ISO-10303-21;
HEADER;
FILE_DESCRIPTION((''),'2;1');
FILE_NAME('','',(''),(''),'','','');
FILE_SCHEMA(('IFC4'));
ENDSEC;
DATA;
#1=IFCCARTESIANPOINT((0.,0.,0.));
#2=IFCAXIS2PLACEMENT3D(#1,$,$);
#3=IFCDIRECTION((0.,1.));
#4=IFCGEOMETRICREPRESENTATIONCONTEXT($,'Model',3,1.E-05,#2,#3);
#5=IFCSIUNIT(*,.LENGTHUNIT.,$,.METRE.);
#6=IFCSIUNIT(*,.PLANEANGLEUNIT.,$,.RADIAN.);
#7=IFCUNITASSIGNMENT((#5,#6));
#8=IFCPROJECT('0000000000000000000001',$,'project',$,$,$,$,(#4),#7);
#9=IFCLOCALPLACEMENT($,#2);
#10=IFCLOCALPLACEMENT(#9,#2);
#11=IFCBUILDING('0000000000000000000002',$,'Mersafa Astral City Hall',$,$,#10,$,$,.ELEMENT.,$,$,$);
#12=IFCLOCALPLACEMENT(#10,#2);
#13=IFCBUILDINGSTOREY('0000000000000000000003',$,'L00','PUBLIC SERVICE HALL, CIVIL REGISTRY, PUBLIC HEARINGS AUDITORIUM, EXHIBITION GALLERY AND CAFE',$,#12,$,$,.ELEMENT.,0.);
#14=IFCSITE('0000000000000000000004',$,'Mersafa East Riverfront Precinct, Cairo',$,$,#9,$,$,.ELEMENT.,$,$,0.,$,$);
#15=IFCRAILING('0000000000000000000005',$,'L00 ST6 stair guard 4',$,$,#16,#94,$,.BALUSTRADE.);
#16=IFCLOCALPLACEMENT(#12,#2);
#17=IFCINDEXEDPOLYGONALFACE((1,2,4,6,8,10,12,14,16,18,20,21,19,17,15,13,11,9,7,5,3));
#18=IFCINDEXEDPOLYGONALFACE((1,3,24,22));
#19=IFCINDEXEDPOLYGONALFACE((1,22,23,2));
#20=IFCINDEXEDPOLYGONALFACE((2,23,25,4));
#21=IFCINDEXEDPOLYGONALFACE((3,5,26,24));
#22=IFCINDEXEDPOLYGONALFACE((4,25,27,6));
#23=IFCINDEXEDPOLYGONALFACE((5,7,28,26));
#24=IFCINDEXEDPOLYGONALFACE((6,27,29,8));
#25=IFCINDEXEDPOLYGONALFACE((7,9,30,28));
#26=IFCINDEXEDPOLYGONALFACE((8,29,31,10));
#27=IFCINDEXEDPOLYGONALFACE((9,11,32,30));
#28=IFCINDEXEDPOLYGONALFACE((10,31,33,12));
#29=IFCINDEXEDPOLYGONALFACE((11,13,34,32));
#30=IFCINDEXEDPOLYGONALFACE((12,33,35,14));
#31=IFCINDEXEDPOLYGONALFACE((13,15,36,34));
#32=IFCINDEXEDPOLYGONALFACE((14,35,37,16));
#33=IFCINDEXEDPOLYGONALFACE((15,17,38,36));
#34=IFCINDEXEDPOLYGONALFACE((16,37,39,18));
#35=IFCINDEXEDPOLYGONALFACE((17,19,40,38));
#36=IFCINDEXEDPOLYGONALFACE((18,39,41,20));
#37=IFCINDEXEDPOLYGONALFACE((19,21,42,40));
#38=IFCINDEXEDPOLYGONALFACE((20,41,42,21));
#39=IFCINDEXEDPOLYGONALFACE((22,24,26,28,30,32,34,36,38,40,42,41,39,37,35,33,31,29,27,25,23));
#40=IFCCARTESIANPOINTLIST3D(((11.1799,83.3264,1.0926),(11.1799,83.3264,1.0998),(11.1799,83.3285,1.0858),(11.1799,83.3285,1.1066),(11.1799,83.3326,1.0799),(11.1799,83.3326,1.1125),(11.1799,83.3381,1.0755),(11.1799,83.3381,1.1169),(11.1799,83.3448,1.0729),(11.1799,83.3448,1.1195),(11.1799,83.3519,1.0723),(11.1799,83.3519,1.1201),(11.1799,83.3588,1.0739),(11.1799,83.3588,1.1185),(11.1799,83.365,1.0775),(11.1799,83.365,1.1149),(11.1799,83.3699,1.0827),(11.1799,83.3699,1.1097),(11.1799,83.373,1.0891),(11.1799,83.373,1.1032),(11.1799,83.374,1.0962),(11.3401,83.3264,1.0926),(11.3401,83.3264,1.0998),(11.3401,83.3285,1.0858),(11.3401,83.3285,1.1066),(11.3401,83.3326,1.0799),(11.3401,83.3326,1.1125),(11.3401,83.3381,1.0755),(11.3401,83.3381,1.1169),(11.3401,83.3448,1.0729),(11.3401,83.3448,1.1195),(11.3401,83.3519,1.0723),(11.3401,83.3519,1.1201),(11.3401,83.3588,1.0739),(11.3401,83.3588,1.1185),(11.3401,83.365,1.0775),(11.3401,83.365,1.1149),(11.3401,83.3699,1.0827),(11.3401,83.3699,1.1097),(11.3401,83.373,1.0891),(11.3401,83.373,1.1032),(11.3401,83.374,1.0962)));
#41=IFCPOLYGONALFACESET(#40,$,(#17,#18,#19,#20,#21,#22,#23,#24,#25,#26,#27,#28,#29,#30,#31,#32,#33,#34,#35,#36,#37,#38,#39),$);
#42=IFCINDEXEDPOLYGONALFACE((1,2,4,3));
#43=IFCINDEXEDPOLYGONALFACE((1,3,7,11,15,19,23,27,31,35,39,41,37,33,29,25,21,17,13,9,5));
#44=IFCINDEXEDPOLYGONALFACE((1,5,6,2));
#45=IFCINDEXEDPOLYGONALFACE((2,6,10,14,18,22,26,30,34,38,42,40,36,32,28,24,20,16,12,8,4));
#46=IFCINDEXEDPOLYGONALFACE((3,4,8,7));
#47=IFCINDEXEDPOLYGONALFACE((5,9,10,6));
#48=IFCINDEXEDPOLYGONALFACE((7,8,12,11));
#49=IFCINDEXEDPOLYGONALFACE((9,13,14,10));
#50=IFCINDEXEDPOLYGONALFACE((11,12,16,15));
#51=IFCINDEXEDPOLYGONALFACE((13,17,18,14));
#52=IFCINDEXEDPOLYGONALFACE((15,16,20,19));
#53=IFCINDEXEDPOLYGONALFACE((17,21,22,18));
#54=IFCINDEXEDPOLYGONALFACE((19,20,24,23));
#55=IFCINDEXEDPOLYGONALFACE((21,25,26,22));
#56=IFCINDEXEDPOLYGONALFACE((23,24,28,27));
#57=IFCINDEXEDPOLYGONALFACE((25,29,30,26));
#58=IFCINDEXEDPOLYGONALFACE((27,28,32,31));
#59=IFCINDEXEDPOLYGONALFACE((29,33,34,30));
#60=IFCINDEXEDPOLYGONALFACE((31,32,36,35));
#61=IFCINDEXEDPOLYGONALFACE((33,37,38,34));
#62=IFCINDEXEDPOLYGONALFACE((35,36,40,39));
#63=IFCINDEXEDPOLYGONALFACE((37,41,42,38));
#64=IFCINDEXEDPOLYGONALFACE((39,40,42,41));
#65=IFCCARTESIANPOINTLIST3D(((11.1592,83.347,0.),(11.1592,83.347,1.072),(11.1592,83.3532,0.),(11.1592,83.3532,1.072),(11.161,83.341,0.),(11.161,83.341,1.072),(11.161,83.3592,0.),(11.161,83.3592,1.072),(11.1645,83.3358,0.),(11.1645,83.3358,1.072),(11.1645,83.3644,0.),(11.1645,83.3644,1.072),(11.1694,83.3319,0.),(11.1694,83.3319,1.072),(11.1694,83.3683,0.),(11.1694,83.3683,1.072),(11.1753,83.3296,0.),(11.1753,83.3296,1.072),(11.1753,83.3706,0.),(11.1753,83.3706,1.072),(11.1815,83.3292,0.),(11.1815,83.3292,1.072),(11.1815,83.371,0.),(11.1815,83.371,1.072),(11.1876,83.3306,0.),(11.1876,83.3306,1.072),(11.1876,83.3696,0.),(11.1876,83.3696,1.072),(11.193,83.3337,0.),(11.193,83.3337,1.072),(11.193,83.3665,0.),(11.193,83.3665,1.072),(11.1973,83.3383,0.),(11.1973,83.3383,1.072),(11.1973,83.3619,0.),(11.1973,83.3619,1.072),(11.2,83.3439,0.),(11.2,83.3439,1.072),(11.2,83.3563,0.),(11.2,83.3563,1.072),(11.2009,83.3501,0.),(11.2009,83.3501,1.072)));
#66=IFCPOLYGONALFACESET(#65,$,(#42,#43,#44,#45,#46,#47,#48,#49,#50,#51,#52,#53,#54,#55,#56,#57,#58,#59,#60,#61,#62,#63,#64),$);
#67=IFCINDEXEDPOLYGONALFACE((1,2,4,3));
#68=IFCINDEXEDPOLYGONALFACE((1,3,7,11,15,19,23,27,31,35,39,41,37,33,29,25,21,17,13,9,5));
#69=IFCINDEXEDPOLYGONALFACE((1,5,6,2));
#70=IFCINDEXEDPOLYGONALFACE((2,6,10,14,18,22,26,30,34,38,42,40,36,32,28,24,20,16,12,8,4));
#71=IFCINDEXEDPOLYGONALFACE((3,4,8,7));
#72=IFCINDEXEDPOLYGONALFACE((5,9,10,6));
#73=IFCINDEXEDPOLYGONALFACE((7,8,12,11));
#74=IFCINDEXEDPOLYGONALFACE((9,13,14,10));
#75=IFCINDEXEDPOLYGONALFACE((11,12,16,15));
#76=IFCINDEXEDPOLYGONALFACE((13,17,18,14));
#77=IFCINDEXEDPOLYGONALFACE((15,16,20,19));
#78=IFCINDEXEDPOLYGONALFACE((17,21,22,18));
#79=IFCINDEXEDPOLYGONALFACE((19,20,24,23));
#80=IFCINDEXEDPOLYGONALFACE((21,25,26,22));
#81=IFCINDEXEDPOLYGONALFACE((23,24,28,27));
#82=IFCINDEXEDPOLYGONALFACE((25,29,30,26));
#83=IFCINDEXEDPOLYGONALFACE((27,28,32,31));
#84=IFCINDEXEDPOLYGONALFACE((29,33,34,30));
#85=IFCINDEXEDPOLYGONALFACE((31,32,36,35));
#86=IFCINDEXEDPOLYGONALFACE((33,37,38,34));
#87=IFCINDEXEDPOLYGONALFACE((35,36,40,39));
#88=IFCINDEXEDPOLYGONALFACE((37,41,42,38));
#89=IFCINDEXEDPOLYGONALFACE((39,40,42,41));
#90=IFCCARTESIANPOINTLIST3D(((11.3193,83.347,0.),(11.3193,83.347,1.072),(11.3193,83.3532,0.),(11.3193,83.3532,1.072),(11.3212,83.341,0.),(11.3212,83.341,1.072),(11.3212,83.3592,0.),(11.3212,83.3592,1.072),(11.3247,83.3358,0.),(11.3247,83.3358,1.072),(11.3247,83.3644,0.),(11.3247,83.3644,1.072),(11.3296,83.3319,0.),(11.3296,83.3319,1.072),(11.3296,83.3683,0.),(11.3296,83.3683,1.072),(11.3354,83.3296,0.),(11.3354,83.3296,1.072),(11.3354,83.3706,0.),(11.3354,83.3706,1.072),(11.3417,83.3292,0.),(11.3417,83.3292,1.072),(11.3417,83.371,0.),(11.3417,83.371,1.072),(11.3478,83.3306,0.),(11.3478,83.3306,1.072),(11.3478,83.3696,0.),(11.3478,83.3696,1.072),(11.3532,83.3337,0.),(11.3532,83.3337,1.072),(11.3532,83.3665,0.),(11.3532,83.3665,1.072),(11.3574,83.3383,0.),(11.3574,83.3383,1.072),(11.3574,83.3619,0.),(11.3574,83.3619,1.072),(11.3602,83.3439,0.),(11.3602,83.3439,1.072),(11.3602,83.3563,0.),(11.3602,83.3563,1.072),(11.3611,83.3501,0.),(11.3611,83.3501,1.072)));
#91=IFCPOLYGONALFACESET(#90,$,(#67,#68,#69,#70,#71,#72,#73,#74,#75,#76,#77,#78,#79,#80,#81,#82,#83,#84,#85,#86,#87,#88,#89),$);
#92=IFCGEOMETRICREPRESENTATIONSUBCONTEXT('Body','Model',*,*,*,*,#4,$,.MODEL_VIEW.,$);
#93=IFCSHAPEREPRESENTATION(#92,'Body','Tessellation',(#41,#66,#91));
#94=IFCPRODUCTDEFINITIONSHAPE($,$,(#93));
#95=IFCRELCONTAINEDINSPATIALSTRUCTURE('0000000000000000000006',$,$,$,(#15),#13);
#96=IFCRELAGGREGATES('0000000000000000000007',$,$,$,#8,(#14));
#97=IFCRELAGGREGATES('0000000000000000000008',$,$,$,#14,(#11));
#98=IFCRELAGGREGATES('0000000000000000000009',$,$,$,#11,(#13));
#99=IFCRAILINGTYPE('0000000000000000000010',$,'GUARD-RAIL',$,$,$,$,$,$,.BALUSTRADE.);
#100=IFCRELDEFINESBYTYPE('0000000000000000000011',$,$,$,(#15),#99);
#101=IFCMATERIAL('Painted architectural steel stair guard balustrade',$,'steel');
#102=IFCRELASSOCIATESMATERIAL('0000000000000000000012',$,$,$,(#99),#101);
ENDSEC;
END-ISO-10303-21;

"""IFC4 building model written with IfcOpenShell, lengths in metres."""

from ifc_helpers import new_model, si_unit, direction, frame, origin, origin_2d, place, context, subcontext, project, spatial, circle, extrude, material, type_object, element, save


model = new_model("IFC4")

# Units and contexts
model_context = context("Model", 3, precision=1e-05, world=origin(), true_north=direction((0.0, 1.0)))
body_context = subcontext(model_context, "Body", "Model", "MODEL_VIEW")
ifc_project = project(units=[si_unit("LENGTHUNIT", "METRE"), si_unit("PLANEANGLEUNIT", "RADIAN")], contexts=[model_context])

# Site, building, storey
site_placement = place(None, origin())
site = spatial("IfcSite", under=ifc_project, at=site_placement, Name="Mersafa East Riverfront Precinct, Cairo", CompositionType="ELEMENT", RefElevation=0.0)
building_placement = place(site_placement, origin())
building = spatial("IfcBuilding", under=site, at=building_placement, Name="Mersafa Astral City Hall", CompositionType="ELEMENT")
storey_placement = place(building_placement, origin())
storey = spatial("IfcBuildingStorey", under=building, at=storey_placement, Name="L00", Description="PUBLIC SERVICE HALL, CIVIL REGISTRY, PUBLIC HEARINGS AUDITORIUM, EXHIBITION GALLERY AND CAFE", CompositionType="ELEMENT", Elevation=0.0)

# Railing
ifc_material_1 = material(Name="Painted architectural steel stair guard balustrade", Category="steel")
railing_type_1 = type_object("IfcRailingType", Name="GUARD-RAIL", PredefinedType="BALUSTRADE", material=ifc_material_1)
railing_1_placement = place(storey_placement, frame((11.1799, 83.3501, 0.0)))
element("IfcRailing", 1, at=railing_1_placement, inside=storey, type_object=railing_type_1, Name="L00 ST6 stair guard 4", PredefinedType="BALUSTRADE", context=body_context, shape_type="SweptSolid", body=[
    extrude(circle(Radius=0.0239, at=origin_2d()), frame((0.0, 0.0, 1.0962), z_axis=(1.0, 0.0, 0.0), x_axis=(0.0, 1.0, 0.0)), (0.0, 0.0, 1.0), 0.1602),
    extrude(circle(Radius=0.021, at=origin_2d()), origin(), (0.0, 0.0, 1.0), 1.072),
    extrude(circle(Radius=0.021, at=origin_2d()), frame((0.1602, 0.0, 0.0)), (0.0, 0.0, 1.0), 1.072),
])

save(model, "model.ifc")
